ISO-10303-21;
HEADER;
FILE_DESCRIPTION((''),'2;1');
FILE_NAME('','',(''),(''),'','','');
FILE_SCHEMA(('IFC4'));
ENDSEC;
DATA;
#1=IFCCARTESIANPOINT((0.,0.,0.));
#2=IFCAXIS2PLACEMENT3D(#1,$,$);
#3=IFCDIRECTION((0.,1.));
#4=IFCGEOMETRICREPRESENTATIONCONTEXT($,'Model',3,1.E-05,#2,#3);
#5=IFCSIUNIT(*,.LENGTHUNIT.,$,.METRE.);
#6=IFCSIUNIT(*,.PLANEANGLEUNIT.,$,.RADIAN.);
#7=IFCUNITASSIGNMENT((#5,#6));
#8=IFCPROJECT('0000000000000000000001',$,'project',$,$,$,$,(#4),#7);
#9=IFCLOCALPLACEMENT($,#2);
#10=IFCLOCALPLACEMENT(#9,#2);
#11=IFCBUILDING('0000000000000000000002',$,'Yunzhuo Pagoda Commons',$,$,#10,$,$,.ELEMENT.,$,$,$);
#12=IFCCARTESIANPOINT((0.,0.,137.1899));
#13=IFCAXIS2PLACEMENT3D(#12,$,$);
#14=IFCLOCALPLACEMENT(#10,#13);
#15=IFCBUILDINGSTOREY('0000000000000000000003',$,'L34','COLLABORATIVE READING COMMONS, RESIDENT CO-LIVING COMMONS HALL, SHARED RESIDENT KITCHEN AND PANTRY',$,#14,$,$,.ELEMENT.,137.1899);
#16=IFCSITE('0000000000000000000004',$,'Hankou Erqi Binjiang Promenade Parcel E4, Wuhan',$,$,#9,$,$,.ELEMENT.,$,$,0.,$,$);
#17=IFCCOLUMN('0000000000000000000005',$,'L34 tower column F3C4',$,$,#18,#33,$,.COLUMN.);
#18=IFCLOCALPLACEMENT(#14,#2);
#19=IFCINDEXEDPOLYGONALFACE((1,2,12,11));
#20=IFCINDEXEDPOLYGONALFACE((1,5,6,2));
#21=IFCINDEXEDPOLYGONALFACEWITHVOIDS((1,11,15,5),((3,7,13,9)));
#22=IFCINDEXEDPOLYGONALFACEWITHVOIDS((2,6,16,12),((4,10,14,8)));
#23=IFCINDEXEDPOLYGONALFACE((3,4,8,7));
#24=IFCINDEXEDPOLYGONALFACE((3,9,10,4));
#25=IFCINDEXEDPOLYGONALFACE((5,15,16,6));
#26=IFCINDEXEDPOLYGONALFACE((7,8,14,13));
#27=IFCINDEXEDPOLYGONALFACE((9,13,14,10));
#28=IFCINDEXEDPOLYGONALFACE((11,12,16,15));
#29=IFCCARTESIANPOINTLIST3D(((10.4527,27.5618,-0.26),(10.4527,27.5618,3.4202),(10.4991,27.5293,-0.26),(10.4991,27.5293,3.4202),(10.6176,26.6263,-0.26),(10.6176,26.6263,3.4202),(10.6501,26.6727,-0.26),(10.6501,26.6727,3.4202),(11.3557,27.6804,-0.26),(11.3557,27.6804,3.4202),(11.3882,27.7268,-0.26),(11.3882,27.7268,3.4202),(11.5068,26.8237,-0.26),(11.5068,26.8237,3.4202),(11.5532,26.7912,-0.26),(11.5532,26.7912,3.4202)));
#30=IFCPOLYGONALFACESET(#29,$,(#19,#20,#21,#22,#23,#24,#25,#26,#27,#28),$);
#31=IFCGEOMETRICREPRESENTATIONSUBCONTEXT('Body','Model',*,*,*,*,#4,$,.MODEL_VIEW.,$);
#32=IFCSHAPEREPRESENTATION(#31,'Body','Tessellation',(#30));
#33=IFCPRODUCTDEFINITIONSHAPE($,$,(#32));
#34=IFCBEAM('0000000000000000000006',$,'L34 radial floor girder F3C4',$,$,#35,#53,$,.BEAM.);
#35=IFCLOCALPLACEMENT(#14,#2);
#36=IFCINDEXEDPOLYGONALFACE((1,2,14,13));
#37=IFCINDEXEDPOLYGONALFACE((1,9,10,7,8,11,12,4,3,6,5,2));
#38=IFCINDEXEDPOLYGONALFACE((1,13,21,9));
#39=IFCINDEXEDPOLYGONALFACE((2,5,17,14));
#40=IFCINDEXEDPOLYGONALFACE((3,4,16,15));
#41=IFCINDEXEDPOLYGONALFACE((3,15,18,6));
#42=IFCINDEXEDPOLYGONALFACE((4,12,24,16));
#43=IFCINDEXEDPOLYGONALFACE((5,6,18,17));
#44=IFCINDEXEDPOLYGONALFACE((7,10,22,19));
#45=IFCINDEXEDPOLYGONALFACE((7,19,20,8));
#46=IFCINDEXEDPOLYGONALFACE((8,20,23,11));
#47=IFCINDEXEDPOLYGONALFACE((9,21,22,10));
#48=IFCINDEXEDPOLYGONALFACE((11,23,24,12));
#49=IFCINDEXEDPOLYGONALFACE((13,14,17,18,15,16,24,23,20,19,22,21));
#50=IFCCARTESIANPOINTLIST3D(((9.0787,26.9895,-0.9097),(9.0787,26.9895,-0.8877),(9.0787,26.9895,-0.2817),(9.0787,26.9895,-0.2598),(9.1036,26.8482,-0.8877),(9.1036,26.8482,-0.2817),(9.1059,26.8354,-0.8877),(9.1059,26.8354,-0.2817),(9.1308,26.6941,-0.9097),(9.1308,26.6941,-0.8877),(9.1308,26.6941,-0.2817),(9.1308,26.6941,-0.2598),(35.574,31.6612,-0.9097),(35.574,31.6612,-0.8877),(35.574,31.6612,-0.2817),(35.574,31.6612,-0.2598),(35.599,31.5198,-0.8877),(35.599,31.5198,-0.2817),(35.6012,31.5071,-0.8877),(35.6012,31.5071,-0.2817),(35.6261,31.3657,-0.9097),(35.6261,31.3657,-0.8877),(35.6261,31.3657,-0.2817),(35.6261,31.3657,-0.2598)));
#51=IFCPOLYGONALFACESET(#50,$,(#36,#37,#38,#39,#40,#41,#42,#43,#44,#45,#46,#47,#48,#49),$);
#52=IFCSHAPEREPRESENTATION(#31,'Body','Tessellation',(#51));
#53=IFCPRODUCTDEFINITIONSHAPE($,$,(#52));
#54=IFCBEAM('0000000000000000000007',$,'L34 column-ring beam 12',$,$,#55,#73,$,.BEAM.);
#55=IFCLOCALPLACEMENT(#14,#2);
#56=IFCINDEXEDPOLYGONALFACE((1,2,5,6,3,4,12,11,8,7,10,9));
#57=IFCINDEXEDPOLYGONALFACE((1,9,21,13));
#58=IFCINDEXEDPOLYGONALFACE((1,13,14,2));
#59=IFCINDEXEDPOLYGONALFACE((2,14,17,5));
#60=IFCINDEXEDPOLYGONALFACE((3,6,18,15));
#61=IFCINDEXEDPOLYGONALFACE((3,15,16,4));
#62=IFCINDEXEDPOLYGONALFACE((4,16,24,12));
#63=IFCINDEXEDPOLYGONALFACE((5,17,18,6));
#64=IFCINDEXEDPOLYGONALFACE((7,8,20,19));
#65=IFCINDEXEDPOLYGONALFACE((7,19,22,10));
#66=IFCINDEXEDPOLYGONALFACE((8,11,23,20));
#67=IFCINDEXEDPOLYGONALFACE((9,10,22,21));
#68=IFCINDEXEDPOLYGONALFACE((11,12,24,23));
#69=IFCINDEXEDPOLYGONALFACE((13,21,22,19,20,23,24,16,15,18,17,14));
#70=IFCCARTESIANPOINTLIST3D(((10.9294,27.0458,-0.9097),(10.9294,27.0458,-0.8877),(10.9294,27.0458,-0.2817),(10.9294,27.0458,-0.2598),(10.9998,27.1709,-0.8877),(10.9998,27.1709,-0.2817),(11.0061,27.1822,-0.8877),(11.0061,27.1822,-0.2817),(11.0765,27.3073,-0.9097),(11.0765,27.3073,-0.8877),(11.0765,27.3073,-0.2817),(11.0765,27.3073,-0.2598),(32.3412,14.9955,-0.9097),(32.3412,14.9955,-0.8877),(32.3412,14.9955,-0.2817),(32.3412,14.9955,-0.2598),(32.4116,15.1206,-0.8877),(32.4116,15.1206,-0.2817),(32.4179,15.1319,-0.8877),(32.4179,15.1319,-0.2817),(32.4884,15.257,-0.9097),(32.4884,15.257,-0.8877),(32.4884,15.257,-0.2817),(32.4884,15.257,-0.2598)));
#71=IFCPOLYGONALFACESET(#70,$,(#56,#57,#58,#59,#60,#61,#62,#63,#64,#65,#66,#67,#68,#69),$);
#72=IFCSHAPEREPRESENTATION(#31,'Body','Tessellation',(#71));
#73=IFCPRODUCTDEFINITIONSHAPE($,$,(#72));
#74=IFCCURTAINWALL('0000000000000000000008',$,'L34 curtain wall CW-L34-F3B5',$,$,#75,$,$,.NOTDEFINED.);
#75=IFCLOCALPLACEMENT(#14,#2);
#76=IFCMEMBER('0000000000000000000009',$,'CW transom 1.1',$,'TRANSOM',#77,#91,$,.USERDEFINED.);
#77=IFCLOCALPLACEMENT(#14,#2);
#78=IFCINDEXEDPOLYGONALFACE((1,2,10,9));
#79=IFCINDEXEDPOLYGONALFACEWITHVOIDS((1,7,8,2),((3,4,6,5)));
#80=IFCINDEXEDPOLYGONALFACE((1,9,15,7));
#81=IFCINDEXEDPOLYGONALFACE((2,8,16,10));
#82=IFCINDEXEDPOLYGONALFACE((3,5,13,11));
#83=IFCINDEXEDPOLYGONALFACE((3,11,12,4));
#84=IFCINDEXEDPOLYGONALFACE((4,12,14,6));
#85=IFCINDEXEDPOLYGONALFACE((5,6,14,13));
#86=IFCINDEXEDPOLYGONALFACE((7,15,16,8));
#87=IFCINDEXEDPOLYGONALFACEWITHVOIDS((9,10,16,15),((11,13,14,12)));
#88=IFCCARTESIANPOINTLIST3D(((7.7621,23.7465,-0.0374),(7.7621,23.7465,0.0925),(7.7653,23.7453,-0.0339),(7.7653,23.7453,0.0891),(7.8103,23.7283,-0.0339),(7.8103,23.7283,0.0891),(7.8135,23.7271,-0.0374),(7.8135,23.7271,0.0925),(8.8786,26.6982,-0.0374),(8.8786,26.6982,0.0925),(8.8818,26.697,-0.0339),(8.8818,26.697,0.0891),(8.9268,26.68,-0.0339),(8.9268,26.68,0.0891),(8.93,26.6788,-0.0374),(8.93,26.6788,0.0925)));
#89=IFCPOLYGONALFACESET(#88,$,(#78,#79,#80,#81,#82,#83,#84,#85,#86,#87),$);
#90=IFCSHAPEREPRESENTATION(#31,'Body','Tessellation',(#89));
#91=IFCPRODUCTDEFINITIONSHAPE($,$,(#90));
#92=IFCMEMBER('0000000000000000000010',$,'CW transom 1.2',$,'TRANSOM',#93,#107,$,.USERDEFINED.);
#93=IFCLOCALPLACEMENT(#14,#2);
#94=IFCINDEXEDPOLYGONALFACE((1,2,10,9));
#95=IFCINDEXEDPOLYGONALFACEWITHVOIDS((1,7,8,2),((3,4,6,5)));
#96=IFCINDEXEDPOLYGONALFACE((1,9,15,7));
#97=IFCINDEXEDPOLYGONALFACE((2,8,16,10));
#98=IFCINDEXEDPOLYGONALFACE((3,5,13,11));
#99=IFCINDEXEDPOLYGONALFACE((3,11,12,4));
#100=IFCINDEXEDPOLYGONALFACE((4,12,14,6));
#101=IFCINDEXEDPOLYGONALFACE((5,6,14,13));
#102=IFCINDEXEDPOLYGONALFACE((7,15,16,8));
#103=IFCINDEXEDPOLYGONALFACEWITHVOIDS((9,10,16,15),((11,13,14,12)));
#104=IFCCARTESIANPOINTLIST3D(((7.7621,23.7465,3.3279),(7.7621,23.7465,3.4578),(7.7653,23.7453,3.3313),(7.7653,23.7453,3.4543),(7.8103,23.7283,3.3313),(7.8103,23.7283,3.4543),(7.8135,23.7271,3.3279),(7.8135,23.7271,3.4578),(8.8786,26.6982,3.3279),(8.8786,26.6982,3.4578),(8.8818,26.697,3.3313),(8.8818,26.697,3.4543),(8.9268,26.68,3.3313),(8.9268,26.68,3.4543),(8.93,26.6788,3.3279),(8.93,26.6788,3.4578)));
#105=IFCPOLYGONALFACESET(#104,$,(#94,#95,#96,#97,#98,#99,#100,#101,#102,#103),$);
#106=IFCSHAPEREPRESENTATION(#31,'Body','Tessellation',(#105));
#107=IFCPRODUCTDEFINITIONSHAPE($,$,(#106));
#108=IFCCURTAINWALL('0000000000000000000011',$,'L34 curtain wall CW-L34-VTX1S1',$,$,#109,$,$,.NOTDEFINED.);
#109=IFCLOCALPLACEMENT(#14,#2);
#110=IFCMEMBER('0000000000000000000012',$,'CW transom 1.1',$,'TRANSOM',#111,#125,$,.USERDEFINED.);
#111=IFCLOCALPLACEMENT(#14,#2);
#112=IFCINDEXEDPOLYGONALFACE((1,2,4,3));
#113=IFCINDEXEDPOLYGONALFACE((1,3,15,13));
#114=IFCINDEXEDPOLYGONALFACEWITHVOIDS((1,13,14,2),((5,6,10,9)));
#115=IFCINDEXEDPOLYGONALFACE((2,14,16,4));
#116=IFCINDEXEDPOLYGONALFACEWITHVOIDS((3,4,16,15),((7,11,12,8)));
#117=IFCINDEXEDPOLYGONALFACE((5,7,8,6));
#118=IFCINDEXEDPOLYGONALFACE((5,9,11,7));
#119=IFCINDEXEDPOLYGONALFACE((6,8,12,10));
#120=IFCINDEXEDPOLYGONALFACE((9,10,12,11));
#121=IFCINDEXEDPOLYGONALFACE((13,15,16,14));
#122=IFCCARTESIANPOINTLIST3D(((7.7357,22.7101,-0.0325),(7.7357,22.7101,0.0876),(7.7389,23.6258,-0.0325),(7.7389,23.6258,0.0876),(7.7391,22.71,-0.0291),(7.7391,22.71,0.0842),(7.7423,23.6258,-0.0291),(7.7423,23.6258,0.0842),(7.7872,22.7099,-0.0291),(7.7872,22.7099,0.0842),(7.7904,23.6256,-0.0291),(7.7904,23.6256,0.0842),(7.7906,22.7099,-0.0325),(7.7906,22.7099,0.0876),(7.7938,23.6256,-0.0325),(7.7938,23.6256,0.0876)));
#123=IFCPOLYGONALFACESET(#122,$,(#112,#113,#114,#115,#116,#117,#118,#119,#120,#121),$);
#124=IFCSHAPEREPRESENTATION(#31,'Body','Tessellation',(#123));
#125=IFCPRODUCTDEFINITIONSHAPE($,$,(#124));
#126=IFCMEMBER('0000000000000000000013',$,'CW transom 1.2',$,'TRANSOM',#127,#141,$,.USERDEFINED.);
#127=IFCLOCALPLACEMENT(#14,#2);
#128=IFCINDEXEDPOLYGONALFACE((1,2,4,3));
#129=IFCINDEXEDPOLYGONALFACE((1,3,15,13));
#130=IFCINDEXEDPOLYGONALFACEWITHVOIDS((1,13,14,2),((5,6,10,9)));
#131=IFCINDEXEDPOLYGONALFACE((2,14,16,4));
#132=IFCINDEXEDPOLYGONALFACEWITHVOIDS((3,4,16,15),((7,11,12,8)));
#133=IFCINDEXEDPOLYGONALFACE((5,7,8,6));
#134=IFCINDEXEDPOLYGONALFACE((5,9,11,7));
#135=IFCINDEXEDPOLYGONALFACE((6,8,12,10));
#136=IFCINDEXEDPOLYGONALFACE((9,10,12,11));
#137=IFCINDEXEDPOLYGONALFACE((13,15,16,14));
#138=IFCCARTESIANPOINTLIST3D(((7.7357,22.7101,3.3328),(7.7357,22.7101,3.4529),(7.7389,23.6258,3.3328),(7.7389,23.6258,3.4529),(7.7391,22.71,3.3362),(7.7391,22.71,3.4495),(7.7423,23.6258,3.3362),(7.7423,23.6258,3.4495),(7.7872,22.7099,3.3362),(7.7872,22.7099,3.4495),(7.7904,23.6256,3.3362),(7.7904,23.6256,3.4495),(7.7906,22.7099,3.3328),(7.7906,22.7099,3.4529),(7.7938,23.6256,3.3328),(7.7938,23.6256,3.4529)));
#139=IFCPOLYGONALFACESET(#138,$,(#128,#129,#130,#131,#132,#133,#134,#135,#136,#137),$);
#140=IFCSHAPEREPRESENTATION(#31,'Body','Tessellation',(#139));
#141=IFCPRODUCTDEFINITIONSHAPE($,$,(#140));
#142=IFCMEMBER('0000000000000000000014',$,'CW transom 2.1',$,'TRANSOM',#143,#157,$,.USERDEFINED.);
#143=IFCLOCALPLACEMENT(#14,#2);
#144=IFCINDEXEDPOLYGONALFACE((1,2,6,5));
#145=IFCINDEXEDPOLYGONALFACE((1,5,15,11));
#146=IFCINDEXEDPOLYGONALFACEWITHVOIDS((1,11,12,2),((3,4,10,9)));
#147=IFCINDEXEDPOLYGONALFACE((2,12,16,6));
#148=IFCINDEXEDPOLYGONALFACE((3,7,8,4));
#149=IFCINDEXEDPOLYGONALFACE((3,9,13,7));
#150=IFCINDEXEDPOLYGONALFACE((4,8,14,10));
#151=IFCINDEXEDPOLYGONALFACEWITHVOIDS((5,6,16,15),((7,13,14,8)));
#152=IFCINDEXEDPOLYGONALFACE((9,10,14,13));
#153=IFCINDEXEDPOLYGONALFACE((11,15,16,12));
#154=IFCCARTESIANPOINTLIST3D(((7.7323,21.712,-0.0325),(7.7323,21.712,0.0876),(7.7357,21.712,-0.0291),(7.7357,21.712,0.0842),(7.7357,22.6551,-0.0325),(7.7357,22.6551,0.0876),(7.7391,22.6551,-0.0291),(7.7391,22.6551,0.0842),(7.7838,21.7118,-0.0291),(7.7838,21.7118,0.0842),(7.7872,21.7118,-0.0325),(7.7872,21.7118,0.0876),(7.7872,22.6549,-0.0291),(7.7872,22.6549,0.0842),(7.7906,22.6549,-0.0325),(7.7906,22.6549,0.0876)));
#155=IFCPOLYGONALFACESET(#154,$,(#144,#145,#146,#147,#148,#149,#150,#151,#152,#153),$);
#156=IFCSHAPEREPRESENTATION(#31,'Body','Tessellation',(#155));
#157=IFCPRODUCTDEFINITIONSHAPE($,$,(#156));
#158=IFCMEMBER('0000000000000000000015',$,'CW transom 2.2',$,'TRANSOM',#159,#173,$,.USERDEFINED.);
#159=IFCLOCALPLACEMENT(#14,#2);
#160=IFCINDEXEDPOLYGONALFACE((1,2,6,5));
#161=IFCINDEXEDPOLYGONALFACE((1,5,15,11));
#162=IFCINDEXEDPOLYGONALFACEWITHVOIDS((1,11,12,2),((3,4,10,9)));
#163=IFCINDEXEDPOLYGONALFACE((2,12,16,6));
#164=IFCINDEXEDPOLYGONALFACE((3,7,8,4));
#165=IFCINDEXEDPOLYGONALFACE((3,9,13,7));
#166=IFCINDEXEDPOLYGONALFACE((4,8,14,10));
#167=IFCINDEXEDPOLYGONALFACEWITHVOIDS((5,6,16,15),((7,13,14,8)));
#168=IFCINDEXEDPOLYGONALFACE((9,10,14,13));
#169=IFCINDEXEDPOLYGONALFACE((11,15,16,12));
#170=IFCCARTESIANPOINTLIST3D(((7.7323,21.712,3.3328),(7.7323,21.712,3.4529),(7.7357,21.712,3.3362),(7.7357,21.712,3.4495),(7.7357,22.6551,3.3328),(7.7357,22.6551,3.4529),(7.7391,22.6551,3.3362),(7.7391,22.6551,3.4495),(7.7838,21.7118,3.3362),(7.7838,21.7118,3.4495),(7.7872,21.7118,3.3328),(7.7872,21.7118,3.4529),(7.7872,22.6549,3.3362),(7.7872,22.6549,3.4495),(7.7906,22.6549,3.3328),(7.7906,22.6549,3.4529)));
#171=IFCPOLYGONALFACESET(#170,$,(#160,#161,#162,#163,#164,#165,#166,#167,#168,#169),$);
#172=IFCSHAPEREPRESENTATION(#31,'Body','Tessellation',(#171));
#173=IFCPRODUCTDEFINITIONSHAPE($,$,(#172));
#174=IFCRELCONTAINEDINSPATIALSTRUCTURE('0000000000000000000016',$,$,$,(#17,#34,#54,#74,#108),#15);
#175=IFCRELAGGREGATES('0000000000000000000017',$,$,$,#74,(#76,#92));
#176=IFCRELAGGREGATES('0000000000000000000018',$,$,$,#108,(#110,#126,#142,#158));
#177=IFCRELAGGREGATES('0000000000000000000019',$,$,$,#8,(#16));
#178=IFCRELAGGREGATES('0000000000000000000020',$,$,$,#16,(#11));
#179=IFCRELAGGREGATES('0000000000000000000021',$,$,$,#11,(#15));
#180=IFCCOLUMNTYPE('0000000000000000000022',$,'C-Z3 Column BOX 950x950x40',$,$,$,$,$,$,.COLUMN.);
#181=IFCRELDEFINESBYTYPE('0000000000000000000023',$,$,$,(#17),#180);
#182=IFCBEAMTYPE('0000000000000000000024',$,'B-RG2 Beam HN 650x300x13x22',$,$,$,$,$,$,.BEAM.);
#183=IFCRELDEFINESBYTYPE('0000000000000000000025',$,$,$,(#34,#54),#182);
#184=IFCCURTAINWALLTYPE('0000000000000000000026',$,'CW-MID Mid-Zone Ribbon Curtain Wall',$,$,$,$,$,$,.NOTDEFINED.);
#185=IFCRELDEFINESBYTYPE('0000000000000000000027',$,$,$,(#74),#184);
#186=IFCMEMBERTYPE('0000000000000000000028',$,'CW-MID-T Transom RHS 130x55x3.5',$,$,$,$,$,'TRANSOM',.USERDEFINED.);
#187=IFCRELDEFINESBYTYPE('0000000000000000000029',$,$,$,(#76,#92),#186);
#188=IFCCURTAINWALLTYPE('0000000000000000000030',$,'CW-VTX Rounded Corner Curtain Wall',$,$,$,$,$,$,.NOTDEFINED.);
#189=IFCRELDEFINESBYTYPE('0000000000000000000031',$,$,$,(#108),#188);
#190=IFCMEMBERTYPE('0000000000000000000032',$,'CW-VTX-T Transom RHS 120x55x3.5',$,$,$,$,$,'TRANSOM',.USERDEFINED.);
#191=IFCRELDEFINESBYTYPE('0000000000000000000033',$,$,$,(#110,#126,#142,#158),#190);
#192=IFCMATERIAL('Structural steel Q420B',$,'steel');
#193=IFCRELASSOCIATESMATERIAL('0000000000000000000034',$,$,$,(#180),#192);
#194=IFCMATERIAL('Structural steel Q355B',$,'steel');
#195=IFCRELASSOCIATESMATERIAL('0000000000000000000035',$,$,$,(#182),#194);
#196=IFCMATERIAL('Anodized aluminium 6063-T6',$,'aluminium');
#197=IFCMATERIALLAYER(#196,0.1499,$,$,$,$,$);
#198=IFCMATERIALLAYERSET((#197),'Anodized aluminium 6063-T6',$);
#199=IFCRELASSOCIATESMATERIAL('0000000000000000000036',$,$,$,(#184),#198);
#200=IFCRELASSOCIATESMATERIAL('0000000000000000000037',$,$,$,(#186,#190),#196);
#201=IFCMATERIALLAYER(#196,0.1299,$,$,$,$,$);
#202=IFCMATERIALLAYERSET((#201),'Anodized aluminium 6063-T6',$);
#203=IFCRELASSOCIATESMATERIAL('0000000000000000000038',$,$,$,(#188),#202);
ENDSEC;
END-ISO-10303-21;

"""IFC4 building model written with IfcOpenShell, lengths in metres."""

from ifc_helpers import new_model, si_unit, direction, frame, origin, origin_2d, place, context, subcontext, project, spatial, hollow_rectangle, i_section, extrude, source, transform, mapped, material, layer, layer_set, material_profile, profile_set, type_object, element, aggregate, save


model = new_model("IFC4")

# Units and contexts
model_context = context("Model", 3, precision=1e-05, world=origin(), true_north=direction((0.0, 1.0)))
body_context = subcontext(model_context, "Body", "Model", "MODEL_VIEW")
ifc_project = project(units=[si_unit("LENGTHUNIT", "METRE"), si_unit("PLANEANGLEUNIT", "RADIAN")], contexts=[model_context])

# Site, building, storey
site_placement = place(None, origin())
site = spatial("IfcSite", under=ifc_project, at=site_placement, Name="Hankou Erqi Binjiang Promenade Parcel E4, Wuhan", CompositionType="ELEMENT", RefElevation=0.0)
building_placement = place(site_placement, origin())
building = spatial("IfcBuilding", under=site, at=building_placement, Name="Yunzhuo Pagoda Commons", CompositionType="ELEMENT")
storey_placement = place(building_placement, frame((0.0, 0.0, 137.1899)))
storey = spatial("IfcBuildingStorey", under=building, at=storey_placement, Name="L34", Description="COLLABORATIVE READING COMMONS, RESIDENT CO-LIVING COMMONS HALL, SHARED RESIDENT KITCHEN AND PANTRY", CompositionType="ELEMENT", Elevation=137.1899)

# Column
ifc_material_1 = material(Name="Structural steel Q420B", Category="steel")
ifc_material_profile_1 = material_profile(ifc_material_1, hollow_rectangle(XDim=0.95, YDim=0.95, WallThickness=0.04, at=origin_2d()), Name="Structural steel Q420B")
ifc_profile_set_1 = profile_set([ifc_material_profile_1], Name="Structural steel Q420B")
column_type = type_object("IfcColumnType", Name="C-Z3 Column BOX 950x950x40", PredefinedType="COLUMN", material=ifc_profile_set_1)
shared_shape_1 = source(origin(), body_context, "Body", "SweptSolid", [
    extrude(hollow_rectangle(XDim=0.95, YDim=0.95, WallThickness=0.04, at=origin_2d()), origin(), (0.0, 0.0, 1.0), 3.6802),
])
column_placement = place(storey_placement, frame((11.0029, 27.1765, -0.26), z_axis=(0.0, 0.0, 1.0), x_axis=(0.173648, -0.984808, 0.0)))
element("IfcColumn", 1, at=column_placement, inside=storey, type_object=column_type, Name="L34 tower column F3C4", PredefinedType="COLUMN", context=body_context, shape_type="MappedRepresentation", body=[
    mapped(shared_shape_1, transform((0.0, 0.0, 0.0), scale=1.0)),
])

# Beams
ifc_material_2 = material(Name="Structural steel Q355B", Category="steel")
ifc_material_profile_2 = material_profile(ifc_material_2, i_section(OverallWidth=0.3, OverallDepth=0.6499, WebThickness=0.0129, FlangeThickness=0.022, at=origin_2d()), Name="Structural steel Q355B")
ifc_profile_set_2 = profile_set([ifc_material_profile_2], Name="Structural steel Q355B")
beam_type = type_object("IfcBeamType", Name="B-RG2 Beam HN 650x300x13x22", PredefinedType="BEAM", material=ifc_profile_set_2)
shared_shape_2 = source(origin(), body_context, "Body", "SweptSolid", [
    extrude(i_section(OverallWidth=0.3, OverallDepth=0.6499, WebThickness=0.0129, FlangeThickness=0.022, at=origin_2d()), origin(), (0.0, 0.0, 1.0), 26.9041),
])
beam_1_placement = place(storey_placement, frame((9.1047, 26.8418, -0.5847), z_axis=(0.984809, 0.17364, 0.0), x_axis=(-0.17364, 0.984809, 0.0)))
element("IfcBeam", 2, at=beam_1_placement, inside=storey, type_object=beam_type, Name="L34 radial floor girder F3C4", PredefinedType="BEAM", context=body_context, shape_type="MappedRepresentation", body=[
    mapped(shared_shape_2, transform((0.0, 0.0, 0.0), scale=1.0)),
])
shared_shape_3 = source(origin(), body_context, "Body", "SweptSolid", [
    extrude(i_section(OverallWidth=0.3, OverallDepth=0.6499, WebThickness=0.0129, FlangeThickness=0.022, at=origin_2d()), origin(), (0.0, 0.0, 1.0), 24.5698),
])
beam_2_placement = place(storey_placement, frame((11.0029, 27.1765, -0.5847), z_axis=(0.871469, -0.49045, 0.0), x_axis=(0.49045, 0.871469, 0.0)))
element("IfcBeam", 3, at=beam_2_placement, inside=storey, type_object=beam_type, Name="L34 column-ring beam 12", PredefinedType="BEAM", context=body_context, shape_type="MappedRepresentation", body=[
    mapped(shared_shape_3, transform((0.0, 0.0, 0.0), scale=1.0)),
])

# Curtain walls, members
ifc_material_3 = material(Name="Anodized aluminium 6063-T6", Category="aluminium")
ifc_layer_1 = layer(ifc_material_3, 0.1499)
ifc_layer_set_1 = layer_set([ifc_layer_1], Name="Anodized aluminium 6063-T6")
curtain_wall_type_1 = type_object("IfcCurtainWallType", Name="CW-MID Mid-Zone Ribbon Curtain Wall", PredefinedType="NOTDEFINED", material=ifc_layer_set_1)
curtain_wall_1_placement = place(storey_placement, origin())
curtain_wall_1 = element("IfcCurtainWall", 4, at=curtain_wall_1_placement, inside=storey, type_object=curtain_wall_type_1, Name="L34 curtain wall CW-L34-F3B5", PredefinedType="NOTDEFINED")
ifc_material_profile_3 = material_profile(ifc_material_3, hollow_rectangle(XDim=0.0549, YDim=0.1299, WallThickness=0.0034, at=origin_2d()), Name="Anodized aluminium 6063-T6")
ifc_profile_set_3 = profile_set([ifc_material_profile_3], Name="Anodized aluminium 6063-T6")
member_type_1 = type_object("IfcMemberType", Name="CW-MID-T Transom RHS 130x55x3.5", ElementType="TRANSOM", PredefinedType="USERDEFINED", material=ifc_profile_set_3)
shared_shape_4 = source(origin(), body_context, "Body", "SweptSolid", [
    extrude(hollow_rectangle(XDim=0.0549, YDim=0.1299, WallThickness=0.0034, at=origin_2d()), origin(), (0.0, 0.0, 1.0), 3.1558),
])
member_1_placement = place(storey_placement, frame((8.9043, 26.6885, 0.0276), z_axis=(-0.353784, -0.935327, 0.0), x_axis=(0.935327, -0.353784, 0.0)))
member_1 = element("IfcMember", 5, at=member_1_placement, type_object=member_type_1, Name="CW transom 1.1", ObjectType="TRANSOM", PredefinedType="USERDEFINED", context=body_context, shape_type="MappedRepresentation", body=[
    mapped(shared_shape_4, transform((0.0, 0.0, 0.0), scale=1.0)),
])
member_2_placement = place(storey_placement, frame((8.9043, 26.6885, 3.3928), z_axis=(-0.353784, -0.935327, 0.0), x_axis=(0.935327, -0.353784, 0.0)))
member_2 = element("IfcMember", 6, at=member_2_placement, type_object=member_type_1, Name="CW transom 1.2", ObjectType="TRANSOM", PredefinedType="USERDEFINED", context=body_context, shape_type="MappedRepresentation", body=[
    mapped(shared_shape_4, transform((0.0, 0.0, 0.0), scale=1.0)),
])
ifc_layer_2 = layer(ifc_material_3, 0.1299)
ifc_layer_set_2 = layer_set([ifc_layer_2], Name="Anodized aluminium 6063-T6")
curtain_wall_type_2 = type_object("IfcCurtainWallType", Name="CW-VTX Rounded Corner Curtain Wall", PredefinedType="NOTDEFINED", material=ifc_layer_set_2)
curtain_wall_2_placement = place(storey_placement, origin())
curtain_wall_2 = element("IfcCurtainWall", 7, at=curtain_wall_2_placement, inside=storey, type_object=curtain_wall_type_2, Name="L34 curtain wall CW-L34-VTX1S1", PredefinedType="NOTDEFINED")
ifc_material_profile_4 = material_profile(ifc_material_3, hollow_rectangle(XDim=0.0549, YDim=0.1201, WallThickness=0.0034, at=origin_2d()), Name="Anodized aluminium 6063-T6")
ifc_profile_set_4 = profile_set([ifc_material_profile_4], Name="Anodized aluminium 6063-T6")
member_type_2 = type_object("IfcMemberType", Name="CW-VTX-T Transom RHS 120x55x3.5", ElementType="TRANSOM", PredefinedType="USERDEFINED", material=ifc_profile_set_4)
shared_shape_5 = source(origin(), body_context, "Body", "SweptSolid", [
    extrude(hollow_rectangle(XDim=0.0549, YDim=0.1201, WallThickness=0.0034, at=origin_2d()), origin(), (0.0, 0.0, 1.0), 0.9158),
])
member_3_placement = place(storey_placement, frame((7.7664, 23.6257, 0.0276), z_axis=(-0.003466, -0.999994, 0.0), x_axis=(0.999994, -0.003466, 0.0)))
member_3 = element("IfcMember", 8, at=member_3_placement, type_object=member_type_2, Name="CW transom 1.1", ObjectType="TRANSOM", PredefinedType="USERDEFINED", context=body_context, shape_type="MappedRepresentation", body=[
    mapped(shared_shape_5, transform((0.0, 0.0, 0.0), scale=1.0)),
])
member_4_placement = place(storey_placement, frame((7.7664, 23.6257, 3.3928), z_axis=(-0.003466, -0.999994, 0.0), x_axis=(0.999994, -0.003466, 0.0)))
member_4 = element("IfcMember", 9, at=member_4_placement, type_object=member_type_2, Name="CW transom 1.2", ObjectType="TRANSOM", PredefinedType="USERDEFINED", context=body_context, shape_type="MappedRepresentation", body=[
    mapped(shared_shape_5, transform((0.0, 0.0, 0.0), scale=1.0)),
])
shared_shape_6 = source(origin(), body_context, "Body", "SweptSolid", [
    extrude(hollow_rectangle(XDim=0.0549, YDim=0.1201, WallThickness=0.0034, at=origin_2d()), origin(), (0.0, 0.0, 1.0), 0.9431),
])
member_5_placement = place(storey_placement, frame((7.7632, 22.655, 0.0276), z_axis=(-0.003624, -0.999993, 0.0), x_axis=(0.999993, -0.003624, 0.0)))
member_5 = element("IfcMember", 10, at=member_5_placement, type_object=member_type_2, Name="CW transom 2.1", ObjectType="TRANSOM", PredefinedType="USERDEFINED", context=body_context, shape_type="MappedRepresentation", body=[
    mapped(shared_shape_6, transform((0.0, 0.0, 0.0), scale=1.0)),
])
member_6_placement = place(storey_placement, frame((7.7632, 22.655, 3.3928), z_axis=(-0.003624, -0.999993, 0.0), x_axis=(0.999993, -0.003624, 0.0)))
member_6 = element("IfcMember", 11, at=member_6_placement, type_object=member_type_2, Name="CW transom 2.2", ObjectType="TRANSOM", PredefinedType="USERDEFINED", context=body_context, shape_type="MappedRepresentation", body=[
    mapped(shared_shape_6, transform((0.0, 0.0, 0.0), scale=1.0)),
])

aggregate(curtain_wall_1, [member_1, member_2])
aggregate(curtain_wall_2, [member_3, member_4, member_5, member_6])

save(model, "model.ifc")
